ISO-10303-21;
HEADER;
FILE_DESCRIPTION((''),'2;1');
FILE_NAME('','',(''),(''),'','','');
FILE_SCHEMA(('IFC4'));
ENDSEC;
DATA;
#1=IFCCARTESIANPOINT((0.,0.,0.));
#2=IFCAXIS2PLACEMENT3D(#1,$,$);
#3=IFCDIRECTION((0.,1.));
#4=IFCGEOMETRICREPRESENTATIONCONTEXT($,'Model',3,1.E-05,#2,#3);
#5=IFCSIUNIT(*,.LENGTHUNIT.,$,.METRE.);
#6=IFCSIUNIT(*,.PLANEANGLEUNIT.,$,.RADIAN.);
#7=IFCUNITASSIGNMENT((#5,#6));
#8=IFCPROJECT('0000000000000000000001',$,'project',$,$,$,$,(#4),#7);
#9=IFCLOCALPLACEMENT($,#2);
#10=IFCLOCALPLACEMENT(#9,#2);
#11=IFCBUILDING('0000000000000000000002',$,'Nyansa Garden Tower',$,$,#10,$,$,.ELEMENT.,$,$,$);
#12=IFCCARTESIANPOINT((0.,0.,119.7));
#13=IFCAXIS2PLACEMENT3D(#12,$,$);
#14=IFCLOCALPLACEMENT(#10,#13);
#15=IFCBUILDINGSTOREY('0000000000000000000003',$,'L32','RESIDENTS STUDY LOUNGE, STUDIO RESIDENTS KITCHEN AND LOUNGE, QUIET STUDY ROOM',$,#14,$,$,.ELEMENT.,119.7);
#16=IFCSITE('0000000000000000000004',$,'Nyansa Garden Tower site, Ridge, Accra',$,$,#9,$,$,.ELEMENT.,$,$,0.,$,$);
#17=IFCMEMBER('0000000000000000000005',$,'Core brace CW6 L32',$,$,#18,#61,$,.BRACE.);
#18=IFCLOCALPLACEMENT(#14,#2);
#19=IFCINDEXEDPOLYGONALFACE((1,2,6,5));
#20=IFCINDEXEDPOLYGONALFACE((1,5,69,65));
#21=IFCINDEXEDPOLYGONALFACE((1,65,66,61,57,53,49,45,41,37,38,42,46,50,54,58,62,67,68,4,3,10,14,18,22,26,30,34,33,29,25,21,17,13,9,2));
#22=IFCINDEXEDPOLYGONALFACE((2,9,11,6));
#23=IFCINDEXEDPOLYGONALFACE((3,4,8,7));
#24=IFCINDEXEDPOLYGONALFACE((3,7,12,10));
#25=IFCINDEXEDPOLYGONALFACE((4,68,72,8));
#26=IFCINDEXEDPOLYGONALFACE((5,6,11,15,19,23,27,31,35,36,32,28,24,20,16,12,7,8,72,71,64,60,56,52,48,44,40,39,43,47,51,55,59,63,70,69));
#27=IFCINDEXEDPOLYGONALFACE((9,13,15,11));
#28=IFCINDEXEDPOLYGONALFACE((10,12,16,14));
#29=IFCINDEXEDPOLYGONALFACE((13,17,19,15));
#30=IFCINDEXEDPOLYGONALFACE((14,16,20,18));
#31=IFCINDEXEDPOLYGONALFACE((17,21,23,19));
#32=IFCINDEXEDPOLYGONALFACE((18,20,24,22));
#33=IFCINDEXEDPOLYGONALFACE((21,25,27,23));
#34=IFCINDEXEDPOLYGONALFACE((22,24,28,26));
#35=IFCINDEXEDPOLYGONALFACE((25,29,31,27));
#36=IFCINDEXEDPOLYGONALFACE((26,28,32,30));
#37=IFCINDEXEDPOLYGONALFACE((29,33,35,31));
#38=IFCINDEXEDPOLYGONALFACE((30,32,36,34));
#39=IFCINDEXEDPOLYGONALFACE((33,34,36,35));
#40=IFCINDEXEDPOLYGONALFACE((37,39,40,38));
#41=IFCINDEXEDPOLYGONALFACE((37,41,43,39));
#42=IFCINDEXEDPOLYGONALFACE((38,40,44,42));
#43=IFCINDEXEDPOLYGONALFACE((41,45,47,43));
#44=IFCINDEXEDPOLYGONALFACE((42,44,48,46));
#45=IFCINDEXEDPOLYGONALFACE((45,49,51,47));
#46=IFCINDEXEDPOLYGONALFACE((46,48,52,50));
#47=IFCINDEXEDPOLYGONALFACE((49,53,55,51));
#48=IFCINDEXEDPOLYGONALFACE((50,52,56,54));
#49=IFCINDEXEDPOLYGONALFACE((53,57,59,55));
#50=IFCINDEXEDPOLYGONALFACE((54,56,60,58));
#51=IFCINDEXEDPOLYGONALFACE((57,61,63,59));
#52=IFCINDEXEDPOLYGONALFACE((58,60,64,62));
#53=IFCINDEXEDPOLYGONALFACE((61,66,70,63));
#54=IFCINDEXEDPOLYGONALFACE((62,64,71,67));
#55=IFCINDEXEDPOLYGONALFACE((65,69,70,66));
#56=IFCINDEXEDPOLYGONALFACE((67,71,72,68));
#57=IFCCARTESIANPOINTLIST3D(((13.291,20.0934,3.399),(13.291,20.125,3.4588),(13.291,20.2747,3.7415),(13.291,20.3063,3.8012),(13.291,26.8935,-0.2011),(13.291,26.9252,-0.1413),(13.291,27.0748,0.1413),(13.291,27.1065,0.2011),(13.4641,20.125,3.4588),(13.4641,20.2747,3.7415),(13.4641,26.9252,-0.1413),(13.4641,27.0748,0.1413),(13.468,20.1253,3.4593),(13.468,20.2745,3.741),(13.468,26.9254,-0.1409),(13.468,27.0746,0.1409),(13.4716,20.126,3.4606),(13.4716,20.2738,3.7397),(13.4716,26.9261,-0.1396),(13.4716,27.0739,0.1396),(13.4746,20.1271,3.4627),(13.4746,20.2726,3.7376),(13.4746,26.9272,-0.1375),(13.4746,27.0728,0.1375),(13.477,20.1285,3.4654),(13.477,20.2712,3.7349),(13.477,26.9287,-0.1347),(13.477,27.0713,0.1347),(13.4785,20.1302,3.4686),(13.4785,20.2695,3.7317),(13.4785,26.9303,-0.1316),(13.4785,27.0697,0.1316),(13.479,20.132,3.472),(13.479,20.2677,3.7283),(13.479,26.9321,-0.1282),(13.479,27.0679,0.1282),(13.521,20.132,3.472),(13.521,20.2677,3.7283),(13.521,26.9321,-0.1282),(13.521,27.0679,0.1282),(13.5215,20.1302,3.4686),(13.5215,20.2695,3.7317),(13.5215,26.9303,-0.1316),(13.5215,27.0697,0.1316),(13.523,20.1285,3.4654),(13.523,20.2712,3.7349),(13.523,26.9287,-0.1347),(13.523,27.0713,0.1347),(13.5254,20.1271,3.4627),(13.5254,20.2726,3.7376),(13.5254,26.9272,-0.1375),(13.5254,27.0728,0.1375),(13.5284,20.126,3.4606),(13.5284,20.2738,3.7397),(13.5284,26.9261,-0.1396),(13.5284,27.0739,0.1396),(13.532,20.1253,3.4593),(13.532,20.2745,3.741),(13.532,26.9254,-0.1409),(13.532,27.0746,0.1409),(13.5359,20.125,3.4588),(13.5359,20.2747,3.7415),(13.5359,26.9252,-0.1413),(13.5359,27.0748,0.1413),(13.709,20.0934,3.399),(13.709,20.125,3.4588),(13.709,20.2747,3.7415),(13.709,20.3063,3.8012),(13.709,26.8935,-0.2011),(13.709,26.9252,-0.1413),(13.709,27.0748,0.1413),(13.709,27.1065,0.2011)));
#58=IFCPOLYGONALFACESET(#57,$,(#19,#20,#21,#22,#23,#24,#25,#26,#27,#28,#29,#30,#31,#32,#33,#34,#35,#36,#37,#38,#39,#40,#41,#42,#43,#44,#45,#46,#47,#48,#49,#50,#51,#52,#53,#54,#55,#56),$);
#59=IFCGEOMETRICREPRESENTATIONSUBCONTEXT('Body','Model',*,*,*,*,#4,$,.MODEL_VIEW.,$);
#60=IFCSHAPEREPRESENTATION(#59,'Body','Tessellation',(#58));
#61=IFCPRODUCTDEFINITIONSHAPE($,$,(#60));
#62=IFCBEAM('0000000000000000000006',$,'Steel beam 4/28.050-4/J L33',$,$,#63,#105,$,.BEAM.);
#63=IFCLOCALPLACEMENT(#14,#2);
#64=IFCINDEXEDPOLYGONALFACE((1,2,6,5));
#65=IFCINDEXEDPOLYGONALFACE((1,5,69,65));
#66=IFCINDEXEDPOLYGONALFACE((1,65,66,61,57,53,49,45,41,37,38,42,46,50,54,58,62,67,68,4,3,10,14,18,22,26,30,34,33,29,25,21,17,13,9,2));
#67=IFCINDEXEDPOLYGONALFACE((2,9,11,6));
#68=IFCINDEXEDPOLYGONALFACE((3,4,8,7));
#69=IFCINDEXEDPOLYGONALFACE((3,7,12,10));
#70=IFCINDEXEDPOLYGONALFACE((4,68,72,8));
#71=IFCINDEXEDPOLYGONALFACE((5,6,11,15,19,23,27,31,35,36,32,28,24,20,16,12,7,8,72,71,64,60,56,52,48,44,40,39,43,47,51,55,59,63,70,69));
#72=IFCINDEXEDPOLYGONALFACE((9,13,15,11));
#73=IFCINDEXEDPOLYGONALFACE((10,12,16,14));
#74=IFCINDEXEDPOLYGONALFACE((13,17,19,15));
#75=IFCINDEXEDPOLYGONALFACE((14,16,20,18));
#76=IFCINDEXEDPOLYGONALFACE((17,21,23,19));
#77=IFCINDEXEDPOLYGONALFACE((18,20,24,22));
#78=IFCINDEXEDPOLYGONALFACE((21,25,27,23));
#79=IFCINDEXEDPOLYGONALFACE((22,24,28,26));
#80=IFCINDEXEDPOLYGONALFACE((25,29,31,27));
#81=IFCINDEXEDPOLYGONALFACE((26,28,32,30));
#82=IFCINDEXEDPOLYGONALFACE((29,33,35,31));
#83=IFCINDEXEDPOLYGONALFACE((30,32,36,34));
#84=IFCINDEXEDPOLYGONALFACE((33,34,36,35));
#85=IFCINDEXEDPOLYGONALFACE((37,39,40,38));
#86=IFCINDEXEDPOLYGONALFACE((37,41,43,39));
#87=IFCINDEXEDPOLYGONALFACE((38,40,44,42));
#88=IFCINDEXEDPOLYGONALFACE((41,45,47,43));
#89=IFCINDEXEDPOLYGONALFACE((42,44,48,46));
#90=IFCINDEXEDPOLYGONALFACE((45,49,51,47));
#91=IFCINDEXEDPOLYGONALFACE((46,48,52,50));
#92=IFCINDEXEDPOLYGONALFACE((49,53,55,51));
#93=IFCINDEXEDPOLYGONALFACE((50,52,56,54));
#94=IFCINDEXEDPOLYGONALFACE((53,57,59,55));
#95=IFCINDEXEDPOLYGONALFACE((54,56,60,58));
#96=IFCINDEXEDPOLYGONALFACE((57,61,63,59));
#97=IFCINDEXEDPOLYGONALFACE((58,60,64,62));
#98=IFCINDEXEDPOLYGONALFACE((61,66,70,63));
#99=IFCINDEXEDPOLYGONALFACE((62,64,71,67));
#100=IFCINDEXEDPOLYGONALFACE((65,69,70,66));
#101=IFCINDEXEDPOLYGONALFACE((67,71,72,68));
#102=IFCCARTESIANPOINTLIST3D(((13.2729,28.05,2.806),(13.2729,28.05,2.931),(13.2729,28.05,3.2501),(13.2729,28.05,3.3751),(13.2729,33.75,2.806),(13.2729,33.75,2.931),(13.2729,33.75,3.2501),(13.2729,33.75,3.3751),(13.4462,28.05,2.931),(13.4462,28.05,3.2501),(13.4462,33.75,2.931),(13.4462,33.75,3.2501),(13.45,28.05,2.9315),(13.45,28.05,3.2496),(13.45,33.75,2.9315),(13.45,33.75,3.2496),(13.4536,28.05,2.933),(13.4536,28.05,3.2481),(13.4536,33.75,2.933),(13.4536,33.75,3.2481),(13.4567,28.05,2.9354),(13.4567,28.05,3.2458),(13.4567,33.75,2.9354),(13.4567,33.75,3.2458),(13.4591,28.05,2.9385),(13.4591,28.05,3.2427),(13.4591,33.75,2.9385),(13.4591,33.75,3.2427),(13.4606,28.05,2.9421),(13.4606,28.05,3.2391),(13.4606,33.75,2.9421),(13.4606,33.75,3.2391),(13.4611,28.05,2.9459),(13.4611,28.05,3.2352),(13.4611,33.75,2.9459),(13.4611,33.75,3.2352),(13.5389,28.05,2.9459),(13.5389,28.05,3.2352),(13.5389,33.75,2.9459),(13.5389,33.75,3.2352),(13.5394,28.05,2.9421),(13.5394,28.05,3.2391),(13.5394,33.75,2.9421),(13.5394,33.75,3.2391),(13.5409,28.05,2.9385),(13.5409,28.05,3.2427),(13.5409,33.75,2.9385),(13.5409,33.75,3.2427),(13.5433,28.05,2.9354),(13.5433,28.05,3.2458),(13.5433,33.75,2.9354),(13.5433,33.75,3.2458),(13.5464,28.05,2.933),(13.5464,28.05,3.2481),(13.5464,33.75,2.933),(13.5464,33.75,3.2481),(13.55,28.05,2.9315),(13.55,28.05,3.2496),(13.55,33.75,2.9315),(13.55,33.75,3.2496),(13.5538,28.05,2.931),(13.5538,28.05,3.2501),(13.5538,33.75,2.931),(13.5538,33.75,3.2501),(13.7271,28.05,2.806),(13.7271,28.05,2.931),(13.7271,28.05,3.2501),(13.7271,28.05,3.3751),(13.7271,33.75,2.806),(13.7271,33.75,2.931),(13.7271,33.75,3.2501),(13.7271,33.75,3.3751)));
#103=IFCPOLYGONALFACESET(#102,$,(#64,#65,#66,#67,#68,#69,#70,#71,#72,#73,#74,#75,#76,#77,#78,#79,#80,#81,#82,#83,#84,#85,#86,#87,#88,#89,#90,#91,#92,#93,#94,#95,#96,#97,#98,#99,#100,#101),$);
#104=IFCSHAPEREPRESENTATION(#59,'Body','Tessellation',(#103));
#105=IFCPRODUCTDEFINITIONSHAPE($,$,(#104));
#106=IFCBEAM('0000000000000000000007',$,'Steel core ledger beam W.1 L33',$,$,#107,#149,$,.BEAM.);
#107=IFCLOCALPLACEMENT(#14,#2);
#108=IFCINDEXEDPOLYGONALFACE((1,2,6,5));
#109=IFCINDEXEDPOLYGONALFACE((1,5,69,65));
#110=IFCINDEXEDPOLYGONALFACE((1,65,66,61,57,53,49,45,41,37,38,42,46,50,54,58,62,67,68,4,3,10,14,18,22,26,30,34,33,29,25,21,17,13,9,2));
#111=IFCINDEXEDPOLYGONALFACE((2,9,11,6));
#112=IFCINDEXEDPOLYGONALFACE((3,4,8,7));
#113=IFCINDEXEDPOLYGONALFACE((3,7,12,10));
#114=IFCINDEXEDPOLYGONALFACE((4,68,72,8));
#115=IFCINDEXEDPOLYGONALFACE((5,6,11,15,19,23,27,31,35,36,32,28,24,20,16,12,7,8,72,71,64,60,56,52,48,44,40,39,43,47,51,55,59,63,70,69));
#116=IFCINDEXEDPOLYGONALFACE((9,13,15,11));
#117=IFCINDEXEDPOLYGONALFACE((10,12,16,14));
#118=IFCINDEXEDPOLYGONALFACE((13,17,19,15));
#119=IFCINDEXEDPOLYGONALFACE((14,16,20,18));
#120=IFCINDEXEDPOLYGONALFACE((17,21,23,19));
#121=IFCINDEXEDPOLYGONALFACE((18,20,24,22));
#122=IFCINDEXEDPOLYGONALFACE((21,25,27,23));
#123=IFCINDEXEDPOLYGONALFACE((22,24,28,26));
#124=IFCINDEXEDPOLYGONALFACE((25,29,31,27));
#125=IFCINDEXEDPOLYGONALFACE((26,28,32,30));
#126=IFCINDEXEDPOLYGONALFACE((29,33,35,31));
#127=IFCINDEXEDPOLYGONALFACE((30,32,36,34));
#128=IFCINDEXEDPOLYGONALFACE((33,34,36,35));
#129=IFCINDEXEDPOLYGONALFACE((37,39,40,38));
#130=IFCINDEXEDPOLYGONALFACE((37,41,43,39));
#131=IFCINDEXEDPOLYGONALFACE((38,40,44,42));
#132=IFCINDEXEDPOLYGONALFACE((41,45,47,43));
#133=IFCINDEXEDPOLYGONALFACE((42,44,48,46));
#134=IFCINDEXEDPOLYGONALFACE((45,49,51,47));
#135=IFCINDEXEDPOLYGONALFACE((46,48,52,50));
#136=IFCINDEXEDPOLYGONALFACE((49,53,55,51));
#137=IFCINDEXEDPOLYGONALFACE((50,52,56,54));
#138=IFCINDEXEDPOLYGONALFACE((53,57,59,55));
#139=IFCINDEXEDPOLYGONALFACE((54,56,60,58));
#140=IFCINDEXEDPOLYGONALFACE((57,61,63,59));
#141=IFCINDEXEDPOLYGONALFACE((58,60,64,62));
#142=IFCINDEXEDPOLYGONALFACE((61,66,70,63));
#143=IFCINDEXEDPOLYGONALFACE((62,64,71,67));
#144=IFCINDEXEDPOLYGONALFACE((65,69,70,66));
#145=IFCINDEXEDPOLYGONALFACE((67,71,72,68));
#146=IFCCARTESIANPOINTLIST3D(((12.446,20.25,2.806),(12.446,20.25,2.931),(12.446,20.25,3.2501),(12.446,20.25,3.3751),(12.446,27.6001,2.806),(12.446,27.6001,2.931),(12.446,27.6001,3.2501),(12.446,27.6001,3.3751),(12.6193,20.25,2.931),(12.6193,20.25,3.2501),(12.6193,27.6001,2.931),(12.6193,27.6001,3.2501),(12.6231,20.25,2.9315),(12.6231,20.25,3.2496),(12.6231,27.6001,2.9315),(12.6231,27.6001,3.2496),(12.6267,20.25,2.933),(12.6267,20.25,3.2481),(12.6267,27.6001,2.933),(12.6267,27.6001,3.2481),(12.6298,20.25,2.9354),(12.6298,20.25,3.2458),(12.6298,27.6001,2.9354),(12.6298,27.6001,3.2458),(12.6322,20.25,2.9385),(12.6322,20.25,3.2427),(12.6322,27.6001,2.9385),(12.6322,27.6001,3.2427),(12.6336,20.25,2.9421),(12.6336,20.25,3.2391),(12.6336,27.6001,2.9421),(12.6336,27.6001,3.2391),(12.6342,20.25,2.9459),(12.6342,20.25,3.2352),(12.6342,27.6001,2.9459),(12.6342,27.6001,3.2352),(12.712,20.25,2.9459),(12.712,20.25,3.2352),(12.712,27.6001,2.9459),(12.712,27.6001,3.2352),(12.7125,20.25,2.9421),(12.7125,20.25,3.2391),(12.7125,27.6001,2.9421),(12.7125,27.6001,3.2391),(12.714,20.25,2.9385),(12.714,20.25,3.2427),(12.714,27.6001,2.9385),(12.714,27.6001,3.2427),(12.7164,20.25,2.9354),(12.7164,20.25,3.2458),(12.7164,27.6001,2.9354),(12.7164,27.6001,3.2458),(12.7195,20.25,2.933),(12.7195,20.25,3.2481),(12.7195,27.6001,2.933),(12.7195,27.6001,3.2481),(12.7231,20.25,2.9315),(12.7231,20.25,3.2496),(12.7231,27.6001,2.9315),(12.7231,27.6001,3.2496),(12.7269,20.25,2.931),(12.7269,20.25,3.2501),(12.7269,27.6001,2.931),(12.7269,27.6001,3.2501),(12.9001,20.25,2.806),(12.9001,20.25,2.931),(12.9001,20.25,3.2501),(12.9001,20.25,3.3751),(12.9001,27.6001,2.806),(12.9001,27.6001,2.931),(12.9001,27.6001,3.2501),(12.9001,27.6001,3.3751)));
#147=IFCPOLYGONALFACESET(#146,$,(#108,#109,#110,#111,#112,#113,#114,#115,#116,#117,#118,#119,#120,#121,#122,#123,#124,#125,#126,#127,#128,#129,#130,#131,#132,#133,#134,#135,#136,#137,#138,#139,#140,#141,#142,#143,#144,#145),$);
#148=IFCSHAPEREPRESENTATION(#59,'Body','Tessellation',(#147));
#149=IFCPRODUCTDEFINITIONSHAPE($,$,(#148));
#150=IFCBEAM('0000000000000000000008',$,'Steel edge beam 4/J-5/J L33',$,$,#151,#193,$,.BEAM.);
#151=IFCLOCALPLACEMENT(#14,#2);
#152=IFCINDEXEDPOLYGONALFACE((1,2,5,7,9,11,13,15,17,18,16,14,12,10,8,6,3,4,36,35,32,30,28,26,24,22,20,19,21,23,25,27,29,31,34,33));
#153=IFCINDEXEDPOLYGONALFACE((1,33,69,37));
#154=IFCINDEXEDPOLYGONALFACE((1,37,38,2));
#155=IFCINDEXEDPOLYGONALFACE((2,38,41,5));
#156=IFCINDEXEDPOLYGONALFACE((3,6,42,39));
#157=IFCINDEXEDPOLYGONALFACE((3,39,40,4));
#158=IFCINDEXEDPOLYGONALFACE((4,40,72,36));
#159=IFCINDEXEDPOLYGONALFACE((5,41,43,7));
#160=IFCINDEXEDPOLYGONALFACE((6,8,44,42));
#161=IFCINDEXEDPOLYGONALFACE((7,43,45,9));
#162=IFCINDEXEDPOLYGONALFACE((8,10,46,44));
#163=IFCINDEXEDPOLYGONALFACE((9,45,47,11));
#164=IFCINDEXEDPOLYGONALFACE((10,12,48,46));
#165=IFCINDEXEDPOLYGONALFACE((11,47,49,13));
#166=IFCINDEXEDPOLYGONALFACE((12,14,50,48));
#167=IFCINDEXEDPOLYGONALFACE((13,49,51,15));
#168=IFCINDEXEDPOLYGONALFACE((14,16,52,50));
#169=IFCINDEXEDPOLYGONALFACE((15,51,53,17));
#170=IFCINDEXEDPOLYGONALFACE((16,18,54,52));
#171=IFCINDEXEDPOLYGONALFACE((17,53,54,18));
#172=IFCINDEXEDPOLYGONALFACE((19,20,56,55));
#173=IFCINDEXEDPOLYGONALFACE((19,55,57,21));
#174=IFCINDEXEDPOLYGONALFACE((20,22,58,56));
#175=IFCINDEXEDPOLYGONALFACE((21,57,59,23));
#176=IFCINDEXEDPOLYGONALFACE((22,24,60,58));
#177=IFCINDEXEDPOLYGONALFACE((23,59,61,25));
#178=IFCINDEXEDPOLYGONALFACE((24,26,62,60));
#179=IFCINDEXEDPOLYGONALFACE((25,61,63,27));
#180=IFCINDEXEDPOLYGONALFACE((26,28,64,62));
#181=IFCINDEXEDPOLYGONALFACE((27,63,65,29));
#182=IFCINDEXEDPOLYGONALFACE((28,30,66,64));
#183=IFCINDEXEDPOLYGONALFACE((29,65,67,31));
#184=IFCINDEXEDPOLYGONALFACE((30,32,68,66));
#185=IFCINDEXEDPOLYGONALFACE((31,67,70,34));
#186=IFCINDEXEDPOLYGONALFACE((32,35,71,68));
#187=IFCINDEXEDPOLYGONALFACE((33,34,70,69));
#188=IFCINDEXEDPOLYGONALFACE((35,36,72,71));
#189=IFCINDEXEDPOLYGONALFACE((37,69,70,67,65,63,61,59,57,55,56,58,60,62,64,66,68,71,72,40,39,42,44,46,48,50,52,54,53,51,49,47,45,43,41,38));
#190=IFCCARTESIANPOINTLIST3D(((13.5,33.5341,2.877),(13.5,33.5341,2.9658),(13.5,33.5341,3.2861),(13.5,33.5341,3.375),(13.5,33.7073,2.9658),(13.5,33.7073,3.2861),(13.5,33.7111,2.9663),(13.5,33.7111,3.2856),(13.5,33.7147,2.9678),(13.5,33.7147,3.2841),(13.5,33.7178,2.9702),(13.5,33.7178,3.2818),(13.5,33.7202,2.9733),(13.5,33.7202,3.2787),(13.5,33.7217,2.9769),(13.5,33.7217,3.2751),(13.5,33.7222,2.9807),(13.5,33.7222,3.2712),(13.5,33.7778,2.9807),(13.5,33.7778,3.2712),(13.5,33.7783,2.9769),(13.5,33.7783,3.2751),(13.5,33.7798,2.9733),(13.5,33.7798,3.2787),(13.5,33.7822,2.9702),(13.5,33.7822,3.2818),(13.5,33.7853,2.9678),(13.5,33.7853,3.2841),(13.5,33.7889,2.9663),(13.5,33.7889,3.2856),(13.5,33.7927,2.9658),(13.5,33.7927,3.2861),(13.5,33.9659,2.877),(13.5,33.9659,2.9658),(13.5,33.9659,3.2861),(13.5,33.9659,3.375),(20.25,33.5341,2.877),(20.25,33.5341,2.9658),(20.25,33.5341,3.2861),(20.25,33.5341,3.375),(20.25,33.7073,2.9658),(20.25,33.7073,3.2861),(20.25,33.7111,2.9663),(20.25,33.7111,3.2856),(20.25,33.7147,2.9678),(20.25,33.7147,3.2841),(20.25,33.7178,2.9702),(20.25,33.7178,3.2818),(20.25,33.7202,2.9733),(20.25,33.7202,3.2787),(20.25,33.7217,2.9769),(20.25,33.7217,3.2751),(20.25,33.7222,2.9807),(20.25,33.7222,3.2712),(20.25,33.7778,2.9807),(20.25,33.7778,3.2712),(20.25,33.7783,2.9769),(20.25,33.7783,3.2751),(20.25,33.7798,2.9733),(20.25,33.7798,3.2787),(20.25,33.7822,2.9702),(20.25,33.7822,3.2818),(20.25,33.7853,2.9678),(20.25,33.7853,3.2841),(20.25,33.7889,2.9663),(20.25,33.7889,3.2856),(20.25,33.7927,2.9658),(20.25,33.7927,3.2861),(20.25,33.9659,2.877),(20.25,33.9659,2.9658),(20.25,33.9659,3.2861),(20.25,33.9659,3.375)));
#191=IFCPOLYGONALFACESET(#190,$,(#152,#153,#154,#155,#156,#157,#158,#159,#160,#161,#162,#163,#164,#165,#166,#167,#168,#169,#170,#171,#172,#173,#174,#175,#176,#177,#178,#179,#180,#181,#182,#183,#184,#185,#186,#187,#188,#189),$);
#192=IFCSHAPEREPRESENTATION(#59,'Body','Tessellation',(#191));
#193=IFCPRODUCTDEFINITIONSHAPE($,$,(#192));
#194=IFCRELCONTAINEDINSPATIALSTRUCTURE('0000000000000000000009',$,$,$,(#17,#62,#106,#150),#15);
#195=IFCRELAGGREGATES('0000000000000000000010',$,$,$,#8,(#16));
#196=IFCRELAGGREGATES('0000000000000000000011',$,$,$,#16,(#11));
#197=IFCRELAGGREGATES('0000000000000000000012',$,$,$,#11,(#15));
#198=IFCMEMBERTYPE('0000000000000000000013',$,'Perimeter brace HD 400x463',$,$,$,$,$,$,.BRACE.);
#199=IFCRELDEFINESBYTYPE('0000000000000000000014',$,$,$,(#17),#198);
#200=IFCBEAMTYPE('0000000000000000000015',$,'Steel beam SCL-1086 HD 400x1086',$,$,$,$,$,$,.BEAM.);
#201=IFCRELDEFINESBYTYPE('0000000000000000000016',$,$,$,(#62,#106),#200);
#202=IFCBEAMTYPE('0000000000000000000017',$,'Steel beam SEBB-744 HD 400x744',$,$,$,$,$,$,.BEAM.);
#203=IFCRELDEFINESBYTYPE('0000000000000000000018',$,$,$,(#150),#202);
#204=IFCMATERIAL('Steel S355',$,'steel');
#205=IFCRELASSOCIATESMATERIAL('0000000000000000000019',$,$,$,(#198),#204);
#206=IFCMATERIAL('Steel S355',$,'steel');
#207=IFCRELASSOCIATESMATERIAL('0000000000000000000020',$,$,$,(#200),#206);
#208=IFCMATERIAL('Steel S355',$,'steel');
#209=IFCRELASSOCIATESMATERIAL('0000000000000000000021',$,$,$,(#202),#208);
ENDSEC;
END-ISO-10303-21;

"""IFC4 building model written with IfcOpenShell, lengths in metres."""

from ifc_helpers import new_model, si_unit, direction, frame, origin, origin_2d, place, context, subcontext, project, spatial, i_section, extrude, material, material_profile, profile_set, type_object, element, save


model = new_model("IFC4")

# Units and contexts
model_context = context("Model", 3, precision=1e-05, world=origin(), true_north=direction((0.0, 1.0)))
body_context = subcontext(model_context, "Body", "Model", "MODEL_VIEW")
ifc_project = project(units=[si_unit("LENGTHUNIT", "METRE"), si_unit("PLANEANGLEUNIT", "RADIAN")], contexts=[model_context])

# Site, building, storey
site_placement = place(None, origin())
site = spatial("IfcSite", under=ifc_project, at=site_placement, Name="Nyansa Garden Tower site, Ridge, Accra", CompositionType="ELEMENT", RefElevation=0.0)
building_placement = place(site_placement, origin())
building = spatial("IfcBuilding", under=site, at=building_placement, Name="Nyansa Garden Tower", CompositionType="ELEMENT")
storey_placement = place(building_placement, frame((0.0, 0.0, 119.7)))
storey = spatial("IfcBuildingStorey", under=building, at=storey_placement, Name="L32", Description="RESIDENTS STUDY LOUNGE, STUDIO RESIDENTS KITCHEN AND LOUNGE, QUIET STUDY ROOM", CompositionType="ELEMENT", Elevation=119.7)

# Member
ifc_material_1 = material(Name="Steel S355", Category="steel")
ifc_material_profile_1 = material_profile(ifc_material_1, i_section(OverallWidth=0.418, OverallDepth=0.4551, WebThickness=0.042, FlangeThickness=0.0676, FilletRadius=0.0149, at=origin_2d()), Name="HD 400x463")
ifc_profile_set_1 = profile_set([ifc_material_profile_1], Name="Steel S355")
member_type_1 = type_object("IfcMemberType", Name="Perimeter brace HD 400x463", PredefinedType="BRACE", material=ifc_profile_set_1)
member_1_placement = place(storey_placement, frame((13.5, 27.0, 0.0), z_axis=(0.0, -0.883784, 0.467895), x_axis=(1.0, 0.0, 0.0)))
element("IfcMember", 1, at=member_1_placement, inside=storey, type_object=member_type_1, Name="Core brace CW6 L32", PredefinedType="BRACE", context=body_context, shape_type="SweptSolid", body=[
    extrude(i_section(OverallWidth=0.418, OverallDepth=0.4551, WebThickness=0.042, FlangeThickness=0.0676, FilletRadius=0.0149, at=origin_2d()), origin(), (0.0, 0.0, 1.0), 7.6943),
])

# Beams
ifc_material_2 = material(Name="Steel S355", Category="steel")
ifc_material_profile_2 = material_profile(ifc_material_2, i_section(OverallWidth=0.4541, OverallDepth=0.5691, WebThickness=0.0779, FlangeThickness=0.125, FilletRadius=0.0149, at=origin_2d()), Name="HD 400x1086")
ifc_profile_set_2 = profile_set([ifc_material_profile_2], Name="Steel S355")
beam_type_1 = type_object("IfcBeamType", Name="Steel beam SCL-1086 HD 400x1086", PredefinedType="BEAM", material=ifc_profile_set_2)
beam_1_placement = place(storey_placement, frame((13.5, 28.05, 3.0906), z_axis=(0.0, 1.0, 0.0), x_axis=(-1.0, 0.0, 0.0)))
element("IfcBeam", 2, at=beam_1_placement, inside=storey, type_object=beam_type_1, Name="Steel beam 4/28.050-4/J L33", PredefinedType="BEAM", context=body_context, shape_type="SweptSolid", body=[
    extrude(i_section(OverallWidth=0.4541, OverallDepth=0.5691, WebThickness=0.0779, FlangeThickness=0.125, FilletRadius=0.0149, at=origin_2d()), origin(), (0.0, 0.0, 1.0), 5.7),
])
beam_2_placement = place(storey_placement, frame((12.6731, 27.6001, 3.0906), z_axis=(0.0, -1.0, 0.0), x_axis=(1.0, 0.0, 0.0)))
element("IfcBeam", 3, at=beam_2_placement, inside=storey, type_object=beam_type_1, Name="Steel core ledger beam W.1 L33", PredefinedType="BEAM", context=body_context, shape_type="SweptSolid", body=[
    extrude(i_section(OverallWidth=0.4541, OverallDepth=0.5691, WebThickness=0.0779, FlangeThickness=0.125, FilletRadius=0.0149, at=origin_2d()), origin(), (0.0, 0.0, 1.0), 7.3501),
])
ifc_material_3 = material(Name="Steel S355", Category="steel")
ifc_material_profile_3 = material_profile(ifc_material_3, i_section(OverallWidth=0.4319, OverallDepth=0.498, WebThickness=0.0557, FlangeThickness=0.0889, FilletRadius=0.0149, at=origin_2d()), Name="HD 400x744")
ifc_profile_set_3 = profile_set([ifc_material_profile_3], Name="Steel S355")
beam_type_2 = type_object("IfcBeamType", Name="Steel beam SEBB-744 HD 400x744", PredefinedType="BEAM", material=ifc_profile_set_3)
beam_3_placement = place(storey_placement, frame((13.5, 33.75, 3.126), z_axis=(1.0, 0.0, 0.0), x_axis=(0.0, 1.0, 0.0)))
element("IfcBeam", 4, at=beam_3_placement, inside=storey, type_object=beam_type_2, Name="Steel edge beam 4/J-5/J L33", PredefinedType="BEAM", context=body_context, shape_type="SweptSolid", body=[
    extrude(i_section(OverallWidth=0.4319, OverallDepth=0.498, WebThickness=0.0557, FlangeThickness=0.0889, FilletRadius=0.0149, at=origin_2d()), origin(), (0.0, 0.0, 1.0), 6.75),
])

save(model, "model.ifc")
